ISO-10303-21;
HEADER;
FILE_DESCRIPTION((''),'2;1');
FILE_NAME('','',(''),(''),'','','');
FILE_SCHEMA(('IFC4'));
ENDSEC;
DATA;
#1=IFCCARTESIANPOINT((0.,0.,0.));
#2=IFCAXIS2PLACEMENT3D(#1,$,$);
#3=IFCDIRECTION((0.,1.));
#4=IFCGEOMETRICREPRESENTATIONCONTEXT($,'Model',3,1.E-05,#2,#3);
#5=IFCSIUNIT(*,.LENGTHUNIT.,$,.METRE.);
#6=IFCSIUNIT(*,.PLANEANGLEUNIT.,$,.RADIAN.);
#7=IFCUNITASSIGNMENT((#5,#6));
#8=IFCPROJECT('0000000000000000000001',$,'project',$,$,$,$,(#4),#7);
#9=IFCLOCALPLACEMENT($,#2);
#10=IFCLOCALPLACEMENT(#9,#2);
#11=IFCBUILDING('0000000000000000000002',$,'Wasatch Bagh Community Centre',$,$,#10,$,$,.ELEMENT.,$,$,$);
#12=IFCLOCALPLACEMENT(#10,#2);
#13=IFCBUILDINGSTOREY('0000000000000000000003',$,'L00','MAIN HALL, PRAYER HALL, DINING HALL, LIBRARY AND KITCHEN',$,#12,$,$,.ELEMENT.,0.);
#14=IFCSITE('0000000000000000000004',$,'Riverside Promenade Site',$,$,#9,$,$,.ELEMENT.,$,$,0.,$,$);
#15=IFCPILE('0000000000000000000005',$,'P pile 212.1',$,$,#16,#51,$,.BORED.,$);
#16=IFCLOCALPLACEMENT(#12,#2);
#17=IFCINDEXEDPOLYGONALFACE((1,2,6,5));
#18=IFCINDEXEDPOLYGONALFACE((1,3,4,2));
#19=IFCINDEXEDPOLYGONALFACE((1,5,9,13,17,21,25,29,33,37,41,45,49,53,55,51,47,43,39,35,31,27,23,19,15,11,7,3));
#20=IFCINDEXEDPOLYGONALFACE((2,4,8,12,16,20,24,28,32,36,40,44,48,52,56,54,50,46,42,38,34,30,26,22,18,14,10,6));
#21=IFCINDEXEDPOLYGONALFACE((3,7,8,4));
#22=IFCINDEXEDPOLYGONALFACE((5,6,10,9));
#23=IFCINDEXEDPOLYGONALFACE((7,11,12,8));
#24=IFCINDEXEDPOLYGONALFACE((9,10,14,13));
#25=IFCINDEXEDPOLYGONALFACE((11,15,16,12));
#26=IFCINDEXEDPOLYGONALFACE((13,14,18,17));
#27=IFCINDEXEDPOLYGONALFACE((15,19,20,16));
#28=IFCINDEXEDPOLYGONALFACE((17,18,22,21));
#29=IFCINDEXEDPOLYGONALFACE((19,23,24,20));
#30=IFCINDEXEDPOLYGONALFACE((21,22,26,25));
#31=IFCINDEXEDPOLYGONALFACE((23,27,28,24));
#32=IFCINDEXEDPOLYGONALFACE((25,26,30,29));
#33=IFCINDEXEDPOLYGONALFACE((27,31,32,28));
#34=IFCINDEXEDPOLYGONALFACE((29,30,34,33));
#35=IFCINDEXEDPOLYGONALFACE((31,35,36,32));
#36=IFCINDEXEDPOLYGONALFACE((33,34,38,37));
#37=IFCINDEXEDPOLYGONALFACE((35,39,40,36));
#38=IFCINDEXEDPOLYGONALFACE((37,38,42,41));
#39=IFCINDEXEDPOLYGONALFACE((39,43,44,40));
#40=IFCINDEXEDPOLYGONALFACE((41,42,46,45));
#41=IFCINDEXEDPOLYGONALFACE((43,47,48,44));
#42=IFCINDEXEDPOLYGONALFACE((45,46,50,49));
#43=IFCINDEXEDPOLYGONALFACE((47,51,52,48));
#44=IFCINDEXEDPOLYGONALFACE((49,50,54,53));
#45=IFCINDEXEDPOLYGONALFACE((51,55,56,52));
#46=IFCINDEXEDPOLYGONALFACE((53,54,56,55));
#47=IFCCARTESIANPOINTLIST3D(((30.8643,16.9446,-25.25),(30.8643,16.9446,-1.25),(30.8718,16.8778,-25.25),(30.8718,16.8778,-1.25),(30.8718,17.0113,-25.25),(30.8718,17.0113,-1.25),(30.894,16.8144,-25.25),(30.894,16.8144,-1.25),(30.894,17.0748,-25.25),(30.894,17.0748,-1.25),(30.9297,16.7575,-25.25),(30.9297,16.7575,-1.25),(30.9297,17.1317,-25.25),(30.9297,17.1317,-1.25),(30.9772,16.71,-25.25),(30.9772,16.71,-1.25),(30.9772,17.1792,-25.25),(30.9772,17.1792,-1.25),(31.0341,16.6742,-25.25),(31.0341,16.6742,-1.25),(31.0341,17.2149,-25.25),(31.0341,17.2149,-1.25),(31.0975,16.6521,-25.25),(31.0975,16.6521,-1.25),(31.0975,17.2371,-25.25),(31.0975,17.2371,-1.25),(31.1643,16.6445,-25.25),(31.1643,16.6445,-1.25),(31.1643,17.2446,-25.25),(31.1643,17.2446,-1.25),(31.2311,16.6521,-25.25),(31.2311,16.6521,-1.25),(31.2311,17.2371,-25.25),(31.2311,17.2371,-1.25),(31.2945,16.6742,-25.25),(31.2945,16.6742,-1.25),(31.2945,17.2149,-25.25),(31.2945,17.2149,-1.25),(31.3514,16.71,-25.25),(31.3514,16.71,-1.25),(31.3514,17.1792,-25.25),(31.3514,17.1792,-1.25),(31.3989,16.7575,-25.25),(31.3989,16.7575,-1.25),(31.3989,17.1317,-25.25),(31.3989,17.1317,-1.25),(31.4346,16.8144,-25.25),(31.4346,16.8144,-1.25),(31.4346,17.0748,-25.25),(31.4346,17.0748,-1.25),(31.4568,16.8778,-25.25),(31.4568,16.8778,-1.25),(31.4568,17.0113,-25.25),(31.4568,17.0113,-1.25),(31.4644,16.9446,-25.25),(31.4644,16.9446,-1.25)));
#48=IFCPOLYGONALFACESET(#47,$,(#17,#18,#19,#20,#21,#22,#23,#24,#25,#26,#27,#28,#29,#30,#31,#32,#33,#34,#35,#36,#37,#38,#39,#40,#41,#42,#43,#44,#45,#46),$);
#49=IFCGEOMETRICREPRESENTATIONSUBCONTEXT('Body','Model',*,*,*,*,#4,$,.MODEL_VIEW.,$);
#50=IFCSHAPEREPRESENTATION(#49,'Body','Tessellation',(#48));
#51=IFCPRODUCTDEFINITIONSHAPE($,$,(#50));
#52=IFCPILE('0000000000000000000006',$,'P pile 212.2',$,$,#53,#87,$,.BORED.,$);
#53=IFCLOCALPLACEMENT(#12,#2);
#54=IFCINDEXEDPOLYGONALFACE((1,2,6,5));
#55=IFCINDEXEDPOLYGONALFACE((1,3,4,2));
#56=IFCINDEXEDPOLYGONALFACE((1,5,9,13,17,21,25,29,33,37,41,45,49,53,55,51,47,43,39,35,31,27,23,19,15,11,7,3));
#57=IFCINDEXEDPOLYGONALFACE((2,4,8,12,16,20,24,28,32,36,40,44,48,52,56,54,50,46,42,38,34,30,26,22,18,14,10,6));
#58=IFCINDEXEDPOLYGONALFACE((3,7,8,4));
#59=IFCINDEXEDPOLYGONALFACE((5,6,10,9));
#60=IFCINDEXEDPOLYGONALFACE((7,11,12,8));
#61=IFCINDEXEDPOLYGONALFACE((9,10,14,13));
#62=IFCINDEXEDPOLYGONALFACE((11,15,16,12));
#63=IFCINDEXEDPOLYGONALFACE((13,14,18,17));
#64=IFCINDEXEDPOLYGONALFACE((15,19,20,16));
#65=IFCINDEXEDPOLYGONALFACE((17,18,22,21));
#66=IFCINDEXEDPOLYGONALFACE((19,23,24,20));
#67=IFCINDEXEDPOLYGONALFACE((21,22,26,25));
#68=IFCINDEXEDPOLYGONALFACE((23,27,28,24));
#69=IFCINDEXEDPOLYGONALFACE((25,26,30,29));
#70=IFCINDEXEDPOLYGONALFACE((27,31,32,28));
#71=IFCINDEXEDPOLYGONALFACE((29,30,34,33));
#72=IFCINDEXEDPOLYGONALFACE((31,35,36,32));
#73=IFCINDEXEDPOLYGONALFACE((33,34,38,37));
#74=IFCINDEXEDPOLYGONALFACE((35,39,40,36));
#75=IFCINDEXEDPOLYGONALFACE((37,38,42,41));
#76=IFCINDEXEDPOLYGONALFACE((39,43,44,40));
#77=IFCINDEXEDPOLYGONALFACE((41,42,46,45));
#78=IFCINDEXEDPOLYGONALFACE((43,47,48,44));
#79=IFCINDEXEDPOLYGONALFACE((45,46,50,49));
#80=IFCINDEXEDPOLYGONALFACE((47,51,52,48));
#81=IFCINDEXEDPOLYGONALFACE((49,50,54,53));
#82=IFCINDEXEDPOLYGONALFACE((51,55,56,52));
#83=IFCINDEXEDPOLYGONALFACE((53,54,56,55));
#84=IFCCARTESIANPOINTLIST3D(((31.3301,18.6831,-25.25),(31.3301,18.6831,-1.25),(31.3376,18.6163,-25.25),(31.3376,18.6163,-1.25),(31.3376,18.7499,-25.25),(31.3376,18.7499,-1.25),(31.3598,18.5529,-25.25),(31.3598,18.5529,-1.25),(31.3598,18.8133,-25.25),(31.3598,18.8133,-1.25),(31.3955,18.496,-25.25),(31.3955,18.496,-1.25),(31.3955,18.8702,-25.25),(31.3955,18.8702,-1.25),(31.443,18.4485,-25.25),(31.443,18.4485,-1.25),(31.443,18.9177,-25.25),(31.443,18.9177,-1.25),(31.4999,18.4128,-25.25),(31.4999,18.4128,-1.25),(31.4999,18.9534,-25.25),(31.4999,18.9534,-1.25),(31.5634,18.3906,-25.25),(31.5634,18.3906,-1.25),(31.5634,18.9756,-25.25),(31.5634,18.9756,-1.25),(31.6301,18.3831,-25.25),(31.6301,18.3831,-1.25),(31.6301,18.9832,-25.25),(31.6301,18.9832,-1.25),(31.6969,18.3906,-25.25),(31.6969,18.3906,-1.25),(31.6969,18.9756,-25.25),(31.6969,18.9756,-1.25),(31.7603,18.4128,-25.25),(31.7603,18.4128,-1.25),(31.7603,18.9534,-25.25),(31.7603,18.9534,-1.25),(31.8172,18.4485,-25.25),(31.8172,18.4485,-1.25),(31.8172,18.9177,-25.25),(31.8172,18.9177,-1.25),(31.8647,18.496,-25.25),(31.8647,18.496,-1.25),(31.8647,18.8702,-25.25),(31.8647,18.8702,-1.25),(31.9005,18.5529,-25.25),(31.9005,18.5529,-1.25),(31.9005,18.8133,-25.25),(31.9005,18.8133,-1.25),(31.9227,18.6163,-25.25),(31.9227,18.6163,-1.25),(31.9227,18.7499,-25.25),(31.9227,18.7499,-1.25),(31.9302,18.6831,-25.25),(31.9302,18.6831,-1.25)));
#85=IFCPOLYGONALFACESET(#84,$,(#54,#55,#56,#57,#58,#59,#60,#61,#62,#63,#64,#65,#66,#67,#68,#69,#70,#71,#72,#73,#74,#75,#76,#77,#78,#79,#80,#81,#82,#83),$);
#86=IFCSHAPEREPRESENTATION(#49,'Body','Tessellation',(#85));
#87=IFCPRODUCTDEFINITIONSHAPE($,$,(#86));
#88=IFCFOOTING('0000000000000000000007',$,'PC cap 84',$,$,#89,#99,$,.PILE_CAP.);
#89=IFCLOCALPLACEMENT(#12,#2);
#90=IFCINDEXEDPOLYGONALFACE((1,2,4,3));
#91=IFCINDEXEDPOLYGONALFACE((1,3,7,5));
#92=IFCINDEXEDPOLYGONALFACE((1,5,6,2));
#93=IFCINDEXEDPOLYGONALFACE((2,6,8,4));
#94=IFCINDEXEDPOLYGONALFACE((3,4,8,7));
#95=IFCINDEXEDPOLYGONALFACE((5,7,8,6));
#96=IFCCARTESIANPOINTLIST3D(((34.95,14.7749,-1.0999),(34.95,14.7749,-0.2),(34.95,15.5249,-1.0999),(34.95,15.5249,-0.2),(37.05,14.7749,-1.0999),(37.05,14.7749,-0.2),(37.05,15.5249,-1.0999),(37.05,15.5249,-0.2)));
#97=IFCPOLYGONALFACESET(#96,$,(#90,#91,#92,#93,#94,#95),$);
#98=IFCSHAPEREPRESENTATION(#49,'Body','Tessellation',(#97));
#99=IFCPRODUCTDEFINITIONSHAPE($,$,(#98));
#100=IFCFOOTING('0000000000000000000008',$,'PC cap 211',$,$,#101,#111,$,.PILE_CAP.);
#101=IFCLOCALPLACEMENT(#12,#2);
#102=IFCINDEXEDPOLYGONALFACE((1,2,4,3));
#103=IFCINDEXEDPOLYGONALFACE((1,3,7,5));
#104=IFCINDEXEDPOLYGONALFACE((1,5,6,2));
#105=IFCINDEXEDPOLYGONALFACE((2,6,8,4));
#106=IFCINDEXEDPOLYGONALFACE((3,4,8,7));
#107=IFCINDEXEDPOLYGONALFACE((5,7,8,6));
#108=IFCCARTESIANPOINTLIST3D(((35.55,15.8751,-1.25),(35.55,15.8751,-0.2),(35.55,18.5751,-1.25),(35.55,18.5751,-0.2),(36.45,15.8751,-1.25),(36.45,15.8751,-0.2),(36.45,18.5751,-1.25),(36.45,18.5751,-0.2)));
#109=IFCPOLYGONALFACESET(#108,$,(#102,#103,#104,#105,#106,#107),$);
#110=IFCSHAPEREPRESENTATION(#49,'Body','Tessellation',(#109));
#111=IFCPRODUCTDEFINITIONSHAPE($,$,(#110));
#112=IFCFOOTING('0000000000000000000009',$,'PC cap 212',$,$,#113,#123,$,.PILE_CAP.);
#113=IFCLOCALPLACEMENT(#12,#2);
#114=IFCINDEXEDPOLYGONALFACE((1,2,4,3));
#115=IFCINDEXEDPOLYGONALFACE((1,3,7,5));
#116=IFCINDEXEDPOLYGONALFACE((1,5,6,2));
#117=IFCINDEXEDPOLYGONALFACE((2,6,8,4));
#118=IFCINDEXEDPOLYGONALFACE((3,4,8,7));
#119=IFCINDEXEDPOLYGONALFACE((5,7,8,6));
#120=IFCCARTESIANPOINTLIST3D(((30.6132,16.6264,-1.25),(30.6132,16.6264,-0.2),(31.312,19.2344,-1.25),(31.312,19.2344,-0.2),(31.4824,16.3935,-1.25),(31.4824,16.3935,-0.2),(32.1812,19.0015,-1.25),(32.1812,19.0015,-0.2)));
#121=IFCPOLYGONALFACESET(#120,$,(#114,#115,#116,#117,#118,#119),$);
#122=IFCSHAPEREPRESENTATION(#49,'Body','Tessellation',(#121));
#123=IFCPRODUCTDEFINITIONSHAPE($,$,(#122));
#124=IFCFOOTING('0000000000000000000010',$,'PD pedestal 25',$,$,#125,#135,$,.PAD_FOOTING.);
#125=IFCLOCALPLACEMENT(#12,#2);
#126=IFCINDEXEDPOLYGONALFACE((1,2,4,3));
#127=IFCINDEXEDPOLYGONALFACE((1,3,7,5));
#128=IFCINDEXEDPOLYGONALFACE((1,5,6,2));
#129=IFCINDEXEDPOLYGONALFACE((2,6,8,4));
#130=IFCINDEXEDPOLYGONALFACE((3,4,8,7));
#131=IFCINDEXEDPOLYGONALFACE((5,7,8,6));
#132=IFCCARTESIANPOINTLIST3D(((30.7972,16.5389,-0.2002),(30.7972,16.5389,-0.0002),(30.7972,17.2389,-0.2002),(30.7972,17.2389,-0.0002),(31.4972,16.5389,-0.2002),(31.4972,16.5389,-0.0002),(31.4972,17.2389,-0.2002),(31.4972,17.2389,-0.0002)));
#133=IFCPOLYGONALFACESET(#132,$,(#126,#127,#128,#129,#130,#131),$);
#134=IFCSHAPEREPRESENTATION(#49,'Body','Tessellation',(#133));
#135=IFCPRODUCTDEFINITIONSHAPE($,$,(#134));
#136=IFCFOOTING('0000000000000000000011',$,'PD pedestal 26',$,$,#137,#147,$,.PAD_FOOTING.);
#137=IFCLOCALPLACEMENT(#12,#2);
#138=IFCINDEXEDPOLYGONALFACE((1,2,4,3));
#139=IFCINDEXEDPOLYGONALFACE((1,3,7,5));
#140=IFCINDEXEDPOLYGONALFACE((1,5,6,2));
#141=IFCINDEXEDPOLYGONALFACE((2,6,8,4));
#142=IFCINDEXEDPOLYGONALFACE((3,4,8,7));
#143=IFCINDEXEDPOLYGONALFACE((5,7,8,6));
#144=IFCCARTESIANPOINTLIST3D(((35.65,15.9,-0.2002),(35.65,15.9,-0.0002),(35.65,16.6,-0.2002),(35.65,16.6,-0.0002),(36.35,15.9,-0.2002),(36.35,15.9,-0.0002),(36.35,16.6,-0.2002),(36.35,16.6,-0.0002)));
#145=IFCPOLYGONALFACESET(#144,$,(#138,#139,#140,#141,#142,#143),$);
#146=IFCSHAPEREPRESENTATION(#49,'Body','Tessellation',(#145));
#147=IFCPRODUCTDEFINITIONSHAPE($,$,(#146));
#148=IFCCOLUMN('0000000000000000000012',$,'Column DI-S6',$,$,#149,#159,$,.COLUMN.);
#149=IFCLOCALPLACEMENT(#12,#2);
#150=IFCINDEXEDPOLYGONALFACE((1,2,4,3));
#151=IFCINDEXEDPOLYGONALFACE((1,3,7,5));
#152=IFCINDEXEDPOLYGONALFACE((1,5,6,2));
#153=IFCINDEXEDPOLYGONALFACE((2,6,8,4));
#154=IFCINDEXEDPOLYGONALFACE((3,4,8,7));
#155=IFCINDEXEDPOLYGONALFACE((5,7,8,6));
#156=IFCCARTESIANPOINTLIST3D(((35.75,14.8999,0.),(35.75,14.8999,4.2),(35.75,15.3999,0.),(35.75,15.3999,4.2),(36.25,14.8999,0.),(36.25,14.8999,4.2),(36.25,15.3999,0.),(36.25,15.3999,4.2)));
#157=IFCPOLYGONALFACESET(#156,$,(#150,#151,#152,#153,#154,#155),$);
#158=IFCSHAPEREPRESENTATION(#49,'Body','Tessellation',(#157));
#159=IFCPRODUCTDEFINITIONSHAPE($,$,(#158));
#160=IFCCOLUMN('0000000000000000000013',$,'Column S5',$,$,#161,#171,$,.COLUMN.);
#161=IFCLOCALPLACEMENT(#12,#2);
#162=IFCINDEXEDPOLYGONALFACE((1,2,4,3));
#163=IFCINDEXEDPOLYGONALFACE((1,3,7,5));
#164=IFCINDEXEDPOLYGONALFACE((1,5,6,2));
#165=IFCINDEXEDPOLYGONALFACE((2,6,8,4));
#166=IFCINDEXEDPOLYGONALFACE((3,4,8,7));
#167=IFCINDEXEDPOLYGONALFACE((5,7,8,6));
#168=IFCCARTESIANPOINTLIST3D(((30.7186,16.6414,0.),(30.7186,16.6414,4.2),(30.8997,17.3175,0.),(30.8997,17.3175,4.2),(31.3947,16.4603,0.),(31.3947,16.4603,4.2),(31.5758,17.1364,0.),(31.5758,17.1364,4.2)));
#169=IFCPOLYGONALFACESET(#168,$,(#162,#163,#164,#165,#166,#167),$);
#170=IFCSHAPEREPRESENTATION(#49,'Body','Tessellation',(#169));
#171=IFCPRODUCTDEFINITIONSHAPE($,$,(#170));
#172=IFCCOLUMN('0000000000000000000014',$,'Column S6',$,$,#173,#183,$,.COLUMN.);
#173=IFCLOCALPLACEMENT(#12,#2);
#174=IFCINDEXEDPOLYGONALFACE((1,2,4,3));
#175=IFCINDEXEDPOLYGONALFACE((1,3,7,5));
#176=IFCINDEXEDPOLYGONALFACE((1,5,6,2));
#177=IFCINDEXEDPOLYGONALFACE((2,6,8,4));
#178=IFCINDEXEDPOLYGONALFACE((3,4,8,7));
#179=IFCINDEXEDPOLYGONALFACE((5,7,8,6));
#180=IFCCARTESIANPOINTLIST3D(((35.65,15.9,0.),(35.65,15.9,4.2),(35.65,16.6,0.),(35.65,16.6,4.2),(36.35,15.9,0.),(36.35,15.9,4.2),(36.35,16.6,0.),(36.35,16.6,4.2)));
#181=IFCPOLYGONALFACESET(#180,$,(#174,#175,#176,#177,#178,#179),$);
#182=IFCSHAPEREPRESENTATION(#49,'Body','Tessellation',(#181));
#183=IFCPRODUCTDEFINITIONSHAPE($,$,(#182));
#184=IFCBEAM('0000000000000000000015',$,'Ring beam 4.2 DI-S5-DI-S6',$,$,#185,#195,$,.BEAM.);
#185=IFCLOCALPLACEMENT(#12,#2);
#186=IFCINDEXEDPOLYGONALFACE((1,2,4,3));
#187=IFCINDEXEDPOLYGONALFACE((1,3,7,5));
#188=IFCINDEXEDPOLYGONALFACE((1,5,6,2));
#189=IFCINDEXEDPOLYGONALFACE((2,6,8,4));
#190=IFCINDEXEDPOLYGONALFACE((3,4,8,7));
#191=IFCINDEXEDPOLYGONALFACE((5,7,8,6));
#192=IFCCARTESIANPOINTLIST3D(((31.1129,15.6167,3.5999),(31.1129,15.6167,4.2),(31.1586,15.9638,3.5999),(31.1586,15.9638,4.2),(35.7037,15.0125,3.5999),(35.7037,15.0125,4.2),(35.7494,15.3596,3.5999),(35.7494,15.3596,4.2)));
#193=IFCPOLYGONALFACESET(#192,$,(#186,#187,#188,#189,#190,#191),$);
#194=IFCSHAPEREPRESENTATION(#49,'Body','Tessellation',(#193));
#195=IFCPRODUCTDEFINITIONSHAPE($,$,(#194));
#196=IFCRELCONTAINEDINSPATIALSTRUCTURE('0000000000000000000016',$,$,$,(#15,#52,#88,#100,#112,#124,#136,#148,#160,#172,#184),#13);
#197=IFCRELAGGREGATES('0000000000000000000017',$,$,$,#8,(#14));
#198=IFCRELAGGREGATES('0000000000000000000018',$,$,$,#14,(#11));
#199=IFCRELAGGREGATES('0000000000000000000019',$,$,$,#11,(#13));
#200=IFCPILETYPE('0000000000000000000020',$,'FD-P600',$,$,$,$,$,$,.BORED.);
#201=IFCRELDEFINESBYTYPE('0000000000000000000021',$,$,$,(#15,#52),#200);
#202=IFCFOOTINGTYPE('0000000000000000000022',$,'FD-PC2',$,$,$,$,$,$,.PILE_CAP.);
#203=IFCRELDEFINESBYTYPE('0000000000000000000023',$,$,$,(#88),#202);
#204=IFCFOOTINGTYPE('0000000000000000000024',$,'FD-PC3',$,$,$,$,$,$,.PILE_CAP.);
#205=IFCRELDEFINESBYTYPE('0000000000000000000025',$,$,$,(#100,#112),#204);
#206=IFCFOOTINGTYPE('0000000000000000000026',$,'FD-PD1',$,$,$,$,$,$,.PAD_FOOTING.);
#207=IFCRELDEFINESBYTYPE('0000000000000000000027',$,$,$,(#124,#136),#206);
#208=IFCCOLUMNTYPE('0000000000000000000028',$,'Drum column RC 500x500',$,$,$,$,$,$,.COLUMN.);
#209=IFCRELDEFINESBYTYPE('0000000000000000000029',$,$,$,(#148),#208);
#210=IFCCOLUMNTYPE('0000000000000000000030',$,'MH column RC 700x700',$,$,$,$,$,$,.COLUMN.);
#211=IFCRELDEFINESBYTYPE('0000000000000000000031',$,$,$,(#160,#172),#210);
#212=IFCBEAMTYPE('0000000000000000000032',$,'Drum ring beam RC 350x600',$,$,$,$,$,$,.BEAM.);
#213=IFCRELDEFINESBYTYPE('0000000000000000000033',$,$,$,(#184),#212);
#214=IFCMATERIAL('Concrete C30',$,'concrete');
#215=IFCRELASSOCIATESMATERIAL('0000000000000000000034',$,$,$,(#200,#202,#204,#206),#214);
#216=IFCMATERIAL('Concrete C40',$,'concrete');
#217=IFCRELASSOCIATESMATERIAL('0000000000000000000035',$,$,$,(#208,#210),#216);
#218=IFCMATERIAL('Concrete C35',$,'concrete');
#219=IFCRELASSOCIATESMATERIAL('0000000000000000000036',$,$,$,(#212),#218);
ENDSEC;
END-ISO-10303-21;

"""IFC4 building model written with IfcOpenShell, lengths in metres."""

from ifc_helpers import new_model, si_unit, direction, frame, origin, origin_2d, place, context, subcontext, project, spatial, rectangle, circle, extrude, material, material_profile, profile_set, type_object, element, save


model = new_model("IFC4")

# Units and contexts
model_context = context("Model", 3, precision=1e-05, world=origin(), true_north=direction((0.0, 1.0)))
body_context = subcontext(model_context, "Body", "Model", "MODEL_VIEW")
ifc_project = project(units=[si_unit("LENGTHUNIT", "METRE"), si_unit("PLANEANGLEUNIT", "RADIAN")], contexts=[model_context])

# Site, building, storey
site_placement = place(None, origin())
site = spatial("IfcSite", under=ifc_project, at=site_placement, Name="Riverside Promenade Site", CompositionType="ELEMENT", RefElevation=0.0)
building_placement = place(site_placement, origin())
building = spatial("IfcBuilding", under=site, at=building_placement, Name="Wasatch Bagh Community Centre", CompositionType="ELEMENT")
storey_placement = place(building_placement, origin())
storey = spatial("IfcBuildingStorey", under=building, at=storey_placement, Name="L00", Description="MAIN HALL, PRAYER HALL, DINING HALL, LIBRARY AND KITCHEN", CompositionType="ELEMENT", Elevation=0.0)

# Shared definitions
ifc_material_1 = material(Name="Concrete C35", Category="concrete")

# Piles
ifc_material_2 = material(Name="Concrete C30", Category="concrete")
ifc_material_profile_1 = material_profile(ifc_material_2, circle(Radius=0.3, at=origin_2d()), Name="RC D600")
ifc_profile_set_1 = profile_set([ifc_material_profile_1], Name="Concrete C30")
pile_type_1 = type_object("IfcPileType", Name="FD-P600", PredefinedType="BORED", material=ifc_profile_set_1)
for number, where, z_axis, x_axis, name in (
    (1, (31.1643, 16.9446, -1.25), (0.0, 0.0, -1.0), (1.0, 0.0, 0.0), "P pile 212.1"),
    (2, (31.6301, 18.6831, -1.25), (0.0, 0.0, -1.0), (1.0, 0.0, 0.0), "P pile 212.2"),
):
    element("IfcPile", number, at=place(storey_placement, frame(where, z_axis=z_axis, x_axis=x_axis)), inside=storey, type_object=pile_type_1, Name=name, PredefinedType="BORED", context=body_context, shape_type="SweptSolid", body=[
        extrude(circle(Radius=0.3, at=origin_2d()), origin(), (0.0, 0.0, 1.0), 24.0),
    ])

# Footings
footing_type_1 = type_object("IfcFootingType", Name="FD-PC2", PredefinedType="PILE_CAP", material=ifc_material_2)
footing_1_placement = place(storey_placement, frame((36.0, 15.1499, -1.0999), z_axis=(0.0, 0.0, 1.0), x_axis=(1.0, 0.0, 0.0)))
element("IfcFooting", 3, at=footing_1_placement, inside=storey, type_object=footing_type_1, Name="PC cap 84", PredefinedType="PILE_CAP", context=body_context, shape_type="SweptSolid", body=[
    extrude(rectangle(XDim=2.1001, YDim=0.75, at=origin_2d()), origin(), (0.0, 0.0, 1.0), 0.8999),
])
footing_type_2 = type_object("IfcFootingType", Name="FD-PC3", PredefinedType="PILE_CAP", material=ifc_material_2)
for number, where, z_axis, x_axis, name in (
    (4, (36.0, 17.2251, -1.25), (0.0, 0.0, 1.0), (0.0, 1.0, 0.0), "PC cap 211"),
    (5, (31.3972, 17.814, -1.25), (0.0, 0.0, 1.0), (0.258819, 0.965926, 0.0), "PC cap 212"),
):
    element("IfcFooting", number, at=place(storey_placement, frame(where, z_axis=z_axis, x_axis=x_axis)), inside=storey, type_object=footing_type_2, Name=name, PredefinedType="PILE_CAP", context=body_context, shape_type="SweptSolid", body=[
        extrude(rectangle(XDim=2.7, YDim=0.8999, at=origin_2d()), origin(), (0.0, 0.0, 1.0), 1.05),
    ])
footing_type_3 = type_object("IfcFootingType", Name="FD-PD1", PredefinedType="PAD_FOOTING", material=ifc_material_2)
for number, where, z_axis, x_axis, name in (
    (6, (31.1472, 16.8889, -0.2002), (0.0, 0.0, 1.0), (1.0, 0.0, 0.0), "PD pedestal 25"),
    (7, (36.0, 16.25, -0.2002), (0.0, 0.0, 1.0), (1.0, 0.0, 0.0), "PD pedestal 26"),
):
    element("IfcFooting", number, at=place(storey_placement, frame(where, z_axis=z_axis, x_axis=x_axis)), inside=storey, type_object=footing_type_3, Name=name, PredefinedType="PAD_FOOTING", context=body_context, shape_type="SweptSolid", body=[
        extrude(rectangle(XDim=0.7, YDim=0.7, at=origin_2d()), origin(), (0.0, 0.0, 1.0), 0.2),
    ])

# Columns
ifc_material_3 = material(Name="Concrete C40", Category="concrete")
ifc_material_profile_2 = material_profile(ifc_material_3, rectangle(XDim=0.5, YDim=0.5, at=origin_2d()), Name="RC 500x500")
ifc_profile_set_2 = profile_set([ifc_material_profile_2], Name="Concrete C40")
column_type_1 = type_object("IfcColumnType", Name="Drum column RC 500x500", PredefinedType="COLUMN", material=ifc_profile_set_2)
column_placement = place(storey_placement, frame((36.0, 15.1499, 0.0), z_axis=(0.0, 0.0, 1.0), x_axis=(1.0, 0.0, 0.0)))
element("IfcColumn", 8, at=column_placement, inside=storey, type_object=column_type_1, Name="Column DI-S6", PredefinedType="COLUMN", context=body_context, shape_type="SweptSolid", body=[
    extrude(rectangle(XDim=0.5, YDim=0.5, at=origin_2d()), origin(), (0.0, 0.0, 1.0), 4.2),
])
ifc_material_profile_3 = material_profile(ifc_material_3, rectangle(XDim=0.7, YDim=0.7, at=origin_2d()), Name="RC 700x700")
ifc_profile_set_3 = profile_set([ifc_material_profile_3], Name="Concrete C40")
column_type_2 = type_object("IfcColumnType", Name="MH column RC 700x700", PredefinedType="COLUMN", material=ifc_profile_set_3)
for number, where, z_axis, x_axis, name in (
    (9, (31.1472, 16.8889, 0.0), (0.0, 0.0, 1.0), (0.258819, 0.965926, 0.0), "Column S5"),
    (10, (36.0, 16.25, 0.0), (0.0, 0.0, 1.0), (1.0, 0.0, 0.0), "Column S6"),
):
    element("IfcColumn", number, at=place(storey_placement, frame(where, z_axis=z_axis, x_axis=x_axis)), inside=storey, type_object=column_type_2, Name=name, PredefinedType="COLUMN", context=body_context, shape_type="SweptSolid", body=[
        extrude(rectangle(XDim=0.7, YDim=0.7, at=origin_2d()), origin(), (0.0, 0.0, 1.0), 4.2),
    ])

# Beam
ifc_material_profile_4 = material_profile(ifc_material_1, rectangle(XDim=0.3501, YDim=0.6001, at=origin_2d()), Name="RC 350x600")
ifc_profile_set_4 = profile_set([ifc_material_profile_4], Name="Concrete C35")
beam_type_1 = type_object("IfcBeamType", Name="Drum ring beam RC 350x600", PredefinedType="BEAM", material=ifc_profile_set_4)
for number, where, z_axis, x_axis, name in (
    (11, (31.1357, 15.7903, 3.8999), (0.991449, -0.130495, 0.0), (0.130495, 0.991449, 0.0), "Ring beam 4.2 DI-S5-DI-S6"),
):
    element("IfcBeam", number, at=place(storey_placement, frame(where, z_axis=z_axis, x_axis=x_axis)), inside=storey, type_object=beam_type_1, Name=name, PredefinedType="BEAM", context=body_context, shape_type="SweptSolid", body=[
        extrude(rectangle(XDim=0.3501, YDim=0.6001, at=origin_2d()), origin(), (0.0, 0.0, 1.0), 4.6304),
    ])

save(model, "model.ifc")
